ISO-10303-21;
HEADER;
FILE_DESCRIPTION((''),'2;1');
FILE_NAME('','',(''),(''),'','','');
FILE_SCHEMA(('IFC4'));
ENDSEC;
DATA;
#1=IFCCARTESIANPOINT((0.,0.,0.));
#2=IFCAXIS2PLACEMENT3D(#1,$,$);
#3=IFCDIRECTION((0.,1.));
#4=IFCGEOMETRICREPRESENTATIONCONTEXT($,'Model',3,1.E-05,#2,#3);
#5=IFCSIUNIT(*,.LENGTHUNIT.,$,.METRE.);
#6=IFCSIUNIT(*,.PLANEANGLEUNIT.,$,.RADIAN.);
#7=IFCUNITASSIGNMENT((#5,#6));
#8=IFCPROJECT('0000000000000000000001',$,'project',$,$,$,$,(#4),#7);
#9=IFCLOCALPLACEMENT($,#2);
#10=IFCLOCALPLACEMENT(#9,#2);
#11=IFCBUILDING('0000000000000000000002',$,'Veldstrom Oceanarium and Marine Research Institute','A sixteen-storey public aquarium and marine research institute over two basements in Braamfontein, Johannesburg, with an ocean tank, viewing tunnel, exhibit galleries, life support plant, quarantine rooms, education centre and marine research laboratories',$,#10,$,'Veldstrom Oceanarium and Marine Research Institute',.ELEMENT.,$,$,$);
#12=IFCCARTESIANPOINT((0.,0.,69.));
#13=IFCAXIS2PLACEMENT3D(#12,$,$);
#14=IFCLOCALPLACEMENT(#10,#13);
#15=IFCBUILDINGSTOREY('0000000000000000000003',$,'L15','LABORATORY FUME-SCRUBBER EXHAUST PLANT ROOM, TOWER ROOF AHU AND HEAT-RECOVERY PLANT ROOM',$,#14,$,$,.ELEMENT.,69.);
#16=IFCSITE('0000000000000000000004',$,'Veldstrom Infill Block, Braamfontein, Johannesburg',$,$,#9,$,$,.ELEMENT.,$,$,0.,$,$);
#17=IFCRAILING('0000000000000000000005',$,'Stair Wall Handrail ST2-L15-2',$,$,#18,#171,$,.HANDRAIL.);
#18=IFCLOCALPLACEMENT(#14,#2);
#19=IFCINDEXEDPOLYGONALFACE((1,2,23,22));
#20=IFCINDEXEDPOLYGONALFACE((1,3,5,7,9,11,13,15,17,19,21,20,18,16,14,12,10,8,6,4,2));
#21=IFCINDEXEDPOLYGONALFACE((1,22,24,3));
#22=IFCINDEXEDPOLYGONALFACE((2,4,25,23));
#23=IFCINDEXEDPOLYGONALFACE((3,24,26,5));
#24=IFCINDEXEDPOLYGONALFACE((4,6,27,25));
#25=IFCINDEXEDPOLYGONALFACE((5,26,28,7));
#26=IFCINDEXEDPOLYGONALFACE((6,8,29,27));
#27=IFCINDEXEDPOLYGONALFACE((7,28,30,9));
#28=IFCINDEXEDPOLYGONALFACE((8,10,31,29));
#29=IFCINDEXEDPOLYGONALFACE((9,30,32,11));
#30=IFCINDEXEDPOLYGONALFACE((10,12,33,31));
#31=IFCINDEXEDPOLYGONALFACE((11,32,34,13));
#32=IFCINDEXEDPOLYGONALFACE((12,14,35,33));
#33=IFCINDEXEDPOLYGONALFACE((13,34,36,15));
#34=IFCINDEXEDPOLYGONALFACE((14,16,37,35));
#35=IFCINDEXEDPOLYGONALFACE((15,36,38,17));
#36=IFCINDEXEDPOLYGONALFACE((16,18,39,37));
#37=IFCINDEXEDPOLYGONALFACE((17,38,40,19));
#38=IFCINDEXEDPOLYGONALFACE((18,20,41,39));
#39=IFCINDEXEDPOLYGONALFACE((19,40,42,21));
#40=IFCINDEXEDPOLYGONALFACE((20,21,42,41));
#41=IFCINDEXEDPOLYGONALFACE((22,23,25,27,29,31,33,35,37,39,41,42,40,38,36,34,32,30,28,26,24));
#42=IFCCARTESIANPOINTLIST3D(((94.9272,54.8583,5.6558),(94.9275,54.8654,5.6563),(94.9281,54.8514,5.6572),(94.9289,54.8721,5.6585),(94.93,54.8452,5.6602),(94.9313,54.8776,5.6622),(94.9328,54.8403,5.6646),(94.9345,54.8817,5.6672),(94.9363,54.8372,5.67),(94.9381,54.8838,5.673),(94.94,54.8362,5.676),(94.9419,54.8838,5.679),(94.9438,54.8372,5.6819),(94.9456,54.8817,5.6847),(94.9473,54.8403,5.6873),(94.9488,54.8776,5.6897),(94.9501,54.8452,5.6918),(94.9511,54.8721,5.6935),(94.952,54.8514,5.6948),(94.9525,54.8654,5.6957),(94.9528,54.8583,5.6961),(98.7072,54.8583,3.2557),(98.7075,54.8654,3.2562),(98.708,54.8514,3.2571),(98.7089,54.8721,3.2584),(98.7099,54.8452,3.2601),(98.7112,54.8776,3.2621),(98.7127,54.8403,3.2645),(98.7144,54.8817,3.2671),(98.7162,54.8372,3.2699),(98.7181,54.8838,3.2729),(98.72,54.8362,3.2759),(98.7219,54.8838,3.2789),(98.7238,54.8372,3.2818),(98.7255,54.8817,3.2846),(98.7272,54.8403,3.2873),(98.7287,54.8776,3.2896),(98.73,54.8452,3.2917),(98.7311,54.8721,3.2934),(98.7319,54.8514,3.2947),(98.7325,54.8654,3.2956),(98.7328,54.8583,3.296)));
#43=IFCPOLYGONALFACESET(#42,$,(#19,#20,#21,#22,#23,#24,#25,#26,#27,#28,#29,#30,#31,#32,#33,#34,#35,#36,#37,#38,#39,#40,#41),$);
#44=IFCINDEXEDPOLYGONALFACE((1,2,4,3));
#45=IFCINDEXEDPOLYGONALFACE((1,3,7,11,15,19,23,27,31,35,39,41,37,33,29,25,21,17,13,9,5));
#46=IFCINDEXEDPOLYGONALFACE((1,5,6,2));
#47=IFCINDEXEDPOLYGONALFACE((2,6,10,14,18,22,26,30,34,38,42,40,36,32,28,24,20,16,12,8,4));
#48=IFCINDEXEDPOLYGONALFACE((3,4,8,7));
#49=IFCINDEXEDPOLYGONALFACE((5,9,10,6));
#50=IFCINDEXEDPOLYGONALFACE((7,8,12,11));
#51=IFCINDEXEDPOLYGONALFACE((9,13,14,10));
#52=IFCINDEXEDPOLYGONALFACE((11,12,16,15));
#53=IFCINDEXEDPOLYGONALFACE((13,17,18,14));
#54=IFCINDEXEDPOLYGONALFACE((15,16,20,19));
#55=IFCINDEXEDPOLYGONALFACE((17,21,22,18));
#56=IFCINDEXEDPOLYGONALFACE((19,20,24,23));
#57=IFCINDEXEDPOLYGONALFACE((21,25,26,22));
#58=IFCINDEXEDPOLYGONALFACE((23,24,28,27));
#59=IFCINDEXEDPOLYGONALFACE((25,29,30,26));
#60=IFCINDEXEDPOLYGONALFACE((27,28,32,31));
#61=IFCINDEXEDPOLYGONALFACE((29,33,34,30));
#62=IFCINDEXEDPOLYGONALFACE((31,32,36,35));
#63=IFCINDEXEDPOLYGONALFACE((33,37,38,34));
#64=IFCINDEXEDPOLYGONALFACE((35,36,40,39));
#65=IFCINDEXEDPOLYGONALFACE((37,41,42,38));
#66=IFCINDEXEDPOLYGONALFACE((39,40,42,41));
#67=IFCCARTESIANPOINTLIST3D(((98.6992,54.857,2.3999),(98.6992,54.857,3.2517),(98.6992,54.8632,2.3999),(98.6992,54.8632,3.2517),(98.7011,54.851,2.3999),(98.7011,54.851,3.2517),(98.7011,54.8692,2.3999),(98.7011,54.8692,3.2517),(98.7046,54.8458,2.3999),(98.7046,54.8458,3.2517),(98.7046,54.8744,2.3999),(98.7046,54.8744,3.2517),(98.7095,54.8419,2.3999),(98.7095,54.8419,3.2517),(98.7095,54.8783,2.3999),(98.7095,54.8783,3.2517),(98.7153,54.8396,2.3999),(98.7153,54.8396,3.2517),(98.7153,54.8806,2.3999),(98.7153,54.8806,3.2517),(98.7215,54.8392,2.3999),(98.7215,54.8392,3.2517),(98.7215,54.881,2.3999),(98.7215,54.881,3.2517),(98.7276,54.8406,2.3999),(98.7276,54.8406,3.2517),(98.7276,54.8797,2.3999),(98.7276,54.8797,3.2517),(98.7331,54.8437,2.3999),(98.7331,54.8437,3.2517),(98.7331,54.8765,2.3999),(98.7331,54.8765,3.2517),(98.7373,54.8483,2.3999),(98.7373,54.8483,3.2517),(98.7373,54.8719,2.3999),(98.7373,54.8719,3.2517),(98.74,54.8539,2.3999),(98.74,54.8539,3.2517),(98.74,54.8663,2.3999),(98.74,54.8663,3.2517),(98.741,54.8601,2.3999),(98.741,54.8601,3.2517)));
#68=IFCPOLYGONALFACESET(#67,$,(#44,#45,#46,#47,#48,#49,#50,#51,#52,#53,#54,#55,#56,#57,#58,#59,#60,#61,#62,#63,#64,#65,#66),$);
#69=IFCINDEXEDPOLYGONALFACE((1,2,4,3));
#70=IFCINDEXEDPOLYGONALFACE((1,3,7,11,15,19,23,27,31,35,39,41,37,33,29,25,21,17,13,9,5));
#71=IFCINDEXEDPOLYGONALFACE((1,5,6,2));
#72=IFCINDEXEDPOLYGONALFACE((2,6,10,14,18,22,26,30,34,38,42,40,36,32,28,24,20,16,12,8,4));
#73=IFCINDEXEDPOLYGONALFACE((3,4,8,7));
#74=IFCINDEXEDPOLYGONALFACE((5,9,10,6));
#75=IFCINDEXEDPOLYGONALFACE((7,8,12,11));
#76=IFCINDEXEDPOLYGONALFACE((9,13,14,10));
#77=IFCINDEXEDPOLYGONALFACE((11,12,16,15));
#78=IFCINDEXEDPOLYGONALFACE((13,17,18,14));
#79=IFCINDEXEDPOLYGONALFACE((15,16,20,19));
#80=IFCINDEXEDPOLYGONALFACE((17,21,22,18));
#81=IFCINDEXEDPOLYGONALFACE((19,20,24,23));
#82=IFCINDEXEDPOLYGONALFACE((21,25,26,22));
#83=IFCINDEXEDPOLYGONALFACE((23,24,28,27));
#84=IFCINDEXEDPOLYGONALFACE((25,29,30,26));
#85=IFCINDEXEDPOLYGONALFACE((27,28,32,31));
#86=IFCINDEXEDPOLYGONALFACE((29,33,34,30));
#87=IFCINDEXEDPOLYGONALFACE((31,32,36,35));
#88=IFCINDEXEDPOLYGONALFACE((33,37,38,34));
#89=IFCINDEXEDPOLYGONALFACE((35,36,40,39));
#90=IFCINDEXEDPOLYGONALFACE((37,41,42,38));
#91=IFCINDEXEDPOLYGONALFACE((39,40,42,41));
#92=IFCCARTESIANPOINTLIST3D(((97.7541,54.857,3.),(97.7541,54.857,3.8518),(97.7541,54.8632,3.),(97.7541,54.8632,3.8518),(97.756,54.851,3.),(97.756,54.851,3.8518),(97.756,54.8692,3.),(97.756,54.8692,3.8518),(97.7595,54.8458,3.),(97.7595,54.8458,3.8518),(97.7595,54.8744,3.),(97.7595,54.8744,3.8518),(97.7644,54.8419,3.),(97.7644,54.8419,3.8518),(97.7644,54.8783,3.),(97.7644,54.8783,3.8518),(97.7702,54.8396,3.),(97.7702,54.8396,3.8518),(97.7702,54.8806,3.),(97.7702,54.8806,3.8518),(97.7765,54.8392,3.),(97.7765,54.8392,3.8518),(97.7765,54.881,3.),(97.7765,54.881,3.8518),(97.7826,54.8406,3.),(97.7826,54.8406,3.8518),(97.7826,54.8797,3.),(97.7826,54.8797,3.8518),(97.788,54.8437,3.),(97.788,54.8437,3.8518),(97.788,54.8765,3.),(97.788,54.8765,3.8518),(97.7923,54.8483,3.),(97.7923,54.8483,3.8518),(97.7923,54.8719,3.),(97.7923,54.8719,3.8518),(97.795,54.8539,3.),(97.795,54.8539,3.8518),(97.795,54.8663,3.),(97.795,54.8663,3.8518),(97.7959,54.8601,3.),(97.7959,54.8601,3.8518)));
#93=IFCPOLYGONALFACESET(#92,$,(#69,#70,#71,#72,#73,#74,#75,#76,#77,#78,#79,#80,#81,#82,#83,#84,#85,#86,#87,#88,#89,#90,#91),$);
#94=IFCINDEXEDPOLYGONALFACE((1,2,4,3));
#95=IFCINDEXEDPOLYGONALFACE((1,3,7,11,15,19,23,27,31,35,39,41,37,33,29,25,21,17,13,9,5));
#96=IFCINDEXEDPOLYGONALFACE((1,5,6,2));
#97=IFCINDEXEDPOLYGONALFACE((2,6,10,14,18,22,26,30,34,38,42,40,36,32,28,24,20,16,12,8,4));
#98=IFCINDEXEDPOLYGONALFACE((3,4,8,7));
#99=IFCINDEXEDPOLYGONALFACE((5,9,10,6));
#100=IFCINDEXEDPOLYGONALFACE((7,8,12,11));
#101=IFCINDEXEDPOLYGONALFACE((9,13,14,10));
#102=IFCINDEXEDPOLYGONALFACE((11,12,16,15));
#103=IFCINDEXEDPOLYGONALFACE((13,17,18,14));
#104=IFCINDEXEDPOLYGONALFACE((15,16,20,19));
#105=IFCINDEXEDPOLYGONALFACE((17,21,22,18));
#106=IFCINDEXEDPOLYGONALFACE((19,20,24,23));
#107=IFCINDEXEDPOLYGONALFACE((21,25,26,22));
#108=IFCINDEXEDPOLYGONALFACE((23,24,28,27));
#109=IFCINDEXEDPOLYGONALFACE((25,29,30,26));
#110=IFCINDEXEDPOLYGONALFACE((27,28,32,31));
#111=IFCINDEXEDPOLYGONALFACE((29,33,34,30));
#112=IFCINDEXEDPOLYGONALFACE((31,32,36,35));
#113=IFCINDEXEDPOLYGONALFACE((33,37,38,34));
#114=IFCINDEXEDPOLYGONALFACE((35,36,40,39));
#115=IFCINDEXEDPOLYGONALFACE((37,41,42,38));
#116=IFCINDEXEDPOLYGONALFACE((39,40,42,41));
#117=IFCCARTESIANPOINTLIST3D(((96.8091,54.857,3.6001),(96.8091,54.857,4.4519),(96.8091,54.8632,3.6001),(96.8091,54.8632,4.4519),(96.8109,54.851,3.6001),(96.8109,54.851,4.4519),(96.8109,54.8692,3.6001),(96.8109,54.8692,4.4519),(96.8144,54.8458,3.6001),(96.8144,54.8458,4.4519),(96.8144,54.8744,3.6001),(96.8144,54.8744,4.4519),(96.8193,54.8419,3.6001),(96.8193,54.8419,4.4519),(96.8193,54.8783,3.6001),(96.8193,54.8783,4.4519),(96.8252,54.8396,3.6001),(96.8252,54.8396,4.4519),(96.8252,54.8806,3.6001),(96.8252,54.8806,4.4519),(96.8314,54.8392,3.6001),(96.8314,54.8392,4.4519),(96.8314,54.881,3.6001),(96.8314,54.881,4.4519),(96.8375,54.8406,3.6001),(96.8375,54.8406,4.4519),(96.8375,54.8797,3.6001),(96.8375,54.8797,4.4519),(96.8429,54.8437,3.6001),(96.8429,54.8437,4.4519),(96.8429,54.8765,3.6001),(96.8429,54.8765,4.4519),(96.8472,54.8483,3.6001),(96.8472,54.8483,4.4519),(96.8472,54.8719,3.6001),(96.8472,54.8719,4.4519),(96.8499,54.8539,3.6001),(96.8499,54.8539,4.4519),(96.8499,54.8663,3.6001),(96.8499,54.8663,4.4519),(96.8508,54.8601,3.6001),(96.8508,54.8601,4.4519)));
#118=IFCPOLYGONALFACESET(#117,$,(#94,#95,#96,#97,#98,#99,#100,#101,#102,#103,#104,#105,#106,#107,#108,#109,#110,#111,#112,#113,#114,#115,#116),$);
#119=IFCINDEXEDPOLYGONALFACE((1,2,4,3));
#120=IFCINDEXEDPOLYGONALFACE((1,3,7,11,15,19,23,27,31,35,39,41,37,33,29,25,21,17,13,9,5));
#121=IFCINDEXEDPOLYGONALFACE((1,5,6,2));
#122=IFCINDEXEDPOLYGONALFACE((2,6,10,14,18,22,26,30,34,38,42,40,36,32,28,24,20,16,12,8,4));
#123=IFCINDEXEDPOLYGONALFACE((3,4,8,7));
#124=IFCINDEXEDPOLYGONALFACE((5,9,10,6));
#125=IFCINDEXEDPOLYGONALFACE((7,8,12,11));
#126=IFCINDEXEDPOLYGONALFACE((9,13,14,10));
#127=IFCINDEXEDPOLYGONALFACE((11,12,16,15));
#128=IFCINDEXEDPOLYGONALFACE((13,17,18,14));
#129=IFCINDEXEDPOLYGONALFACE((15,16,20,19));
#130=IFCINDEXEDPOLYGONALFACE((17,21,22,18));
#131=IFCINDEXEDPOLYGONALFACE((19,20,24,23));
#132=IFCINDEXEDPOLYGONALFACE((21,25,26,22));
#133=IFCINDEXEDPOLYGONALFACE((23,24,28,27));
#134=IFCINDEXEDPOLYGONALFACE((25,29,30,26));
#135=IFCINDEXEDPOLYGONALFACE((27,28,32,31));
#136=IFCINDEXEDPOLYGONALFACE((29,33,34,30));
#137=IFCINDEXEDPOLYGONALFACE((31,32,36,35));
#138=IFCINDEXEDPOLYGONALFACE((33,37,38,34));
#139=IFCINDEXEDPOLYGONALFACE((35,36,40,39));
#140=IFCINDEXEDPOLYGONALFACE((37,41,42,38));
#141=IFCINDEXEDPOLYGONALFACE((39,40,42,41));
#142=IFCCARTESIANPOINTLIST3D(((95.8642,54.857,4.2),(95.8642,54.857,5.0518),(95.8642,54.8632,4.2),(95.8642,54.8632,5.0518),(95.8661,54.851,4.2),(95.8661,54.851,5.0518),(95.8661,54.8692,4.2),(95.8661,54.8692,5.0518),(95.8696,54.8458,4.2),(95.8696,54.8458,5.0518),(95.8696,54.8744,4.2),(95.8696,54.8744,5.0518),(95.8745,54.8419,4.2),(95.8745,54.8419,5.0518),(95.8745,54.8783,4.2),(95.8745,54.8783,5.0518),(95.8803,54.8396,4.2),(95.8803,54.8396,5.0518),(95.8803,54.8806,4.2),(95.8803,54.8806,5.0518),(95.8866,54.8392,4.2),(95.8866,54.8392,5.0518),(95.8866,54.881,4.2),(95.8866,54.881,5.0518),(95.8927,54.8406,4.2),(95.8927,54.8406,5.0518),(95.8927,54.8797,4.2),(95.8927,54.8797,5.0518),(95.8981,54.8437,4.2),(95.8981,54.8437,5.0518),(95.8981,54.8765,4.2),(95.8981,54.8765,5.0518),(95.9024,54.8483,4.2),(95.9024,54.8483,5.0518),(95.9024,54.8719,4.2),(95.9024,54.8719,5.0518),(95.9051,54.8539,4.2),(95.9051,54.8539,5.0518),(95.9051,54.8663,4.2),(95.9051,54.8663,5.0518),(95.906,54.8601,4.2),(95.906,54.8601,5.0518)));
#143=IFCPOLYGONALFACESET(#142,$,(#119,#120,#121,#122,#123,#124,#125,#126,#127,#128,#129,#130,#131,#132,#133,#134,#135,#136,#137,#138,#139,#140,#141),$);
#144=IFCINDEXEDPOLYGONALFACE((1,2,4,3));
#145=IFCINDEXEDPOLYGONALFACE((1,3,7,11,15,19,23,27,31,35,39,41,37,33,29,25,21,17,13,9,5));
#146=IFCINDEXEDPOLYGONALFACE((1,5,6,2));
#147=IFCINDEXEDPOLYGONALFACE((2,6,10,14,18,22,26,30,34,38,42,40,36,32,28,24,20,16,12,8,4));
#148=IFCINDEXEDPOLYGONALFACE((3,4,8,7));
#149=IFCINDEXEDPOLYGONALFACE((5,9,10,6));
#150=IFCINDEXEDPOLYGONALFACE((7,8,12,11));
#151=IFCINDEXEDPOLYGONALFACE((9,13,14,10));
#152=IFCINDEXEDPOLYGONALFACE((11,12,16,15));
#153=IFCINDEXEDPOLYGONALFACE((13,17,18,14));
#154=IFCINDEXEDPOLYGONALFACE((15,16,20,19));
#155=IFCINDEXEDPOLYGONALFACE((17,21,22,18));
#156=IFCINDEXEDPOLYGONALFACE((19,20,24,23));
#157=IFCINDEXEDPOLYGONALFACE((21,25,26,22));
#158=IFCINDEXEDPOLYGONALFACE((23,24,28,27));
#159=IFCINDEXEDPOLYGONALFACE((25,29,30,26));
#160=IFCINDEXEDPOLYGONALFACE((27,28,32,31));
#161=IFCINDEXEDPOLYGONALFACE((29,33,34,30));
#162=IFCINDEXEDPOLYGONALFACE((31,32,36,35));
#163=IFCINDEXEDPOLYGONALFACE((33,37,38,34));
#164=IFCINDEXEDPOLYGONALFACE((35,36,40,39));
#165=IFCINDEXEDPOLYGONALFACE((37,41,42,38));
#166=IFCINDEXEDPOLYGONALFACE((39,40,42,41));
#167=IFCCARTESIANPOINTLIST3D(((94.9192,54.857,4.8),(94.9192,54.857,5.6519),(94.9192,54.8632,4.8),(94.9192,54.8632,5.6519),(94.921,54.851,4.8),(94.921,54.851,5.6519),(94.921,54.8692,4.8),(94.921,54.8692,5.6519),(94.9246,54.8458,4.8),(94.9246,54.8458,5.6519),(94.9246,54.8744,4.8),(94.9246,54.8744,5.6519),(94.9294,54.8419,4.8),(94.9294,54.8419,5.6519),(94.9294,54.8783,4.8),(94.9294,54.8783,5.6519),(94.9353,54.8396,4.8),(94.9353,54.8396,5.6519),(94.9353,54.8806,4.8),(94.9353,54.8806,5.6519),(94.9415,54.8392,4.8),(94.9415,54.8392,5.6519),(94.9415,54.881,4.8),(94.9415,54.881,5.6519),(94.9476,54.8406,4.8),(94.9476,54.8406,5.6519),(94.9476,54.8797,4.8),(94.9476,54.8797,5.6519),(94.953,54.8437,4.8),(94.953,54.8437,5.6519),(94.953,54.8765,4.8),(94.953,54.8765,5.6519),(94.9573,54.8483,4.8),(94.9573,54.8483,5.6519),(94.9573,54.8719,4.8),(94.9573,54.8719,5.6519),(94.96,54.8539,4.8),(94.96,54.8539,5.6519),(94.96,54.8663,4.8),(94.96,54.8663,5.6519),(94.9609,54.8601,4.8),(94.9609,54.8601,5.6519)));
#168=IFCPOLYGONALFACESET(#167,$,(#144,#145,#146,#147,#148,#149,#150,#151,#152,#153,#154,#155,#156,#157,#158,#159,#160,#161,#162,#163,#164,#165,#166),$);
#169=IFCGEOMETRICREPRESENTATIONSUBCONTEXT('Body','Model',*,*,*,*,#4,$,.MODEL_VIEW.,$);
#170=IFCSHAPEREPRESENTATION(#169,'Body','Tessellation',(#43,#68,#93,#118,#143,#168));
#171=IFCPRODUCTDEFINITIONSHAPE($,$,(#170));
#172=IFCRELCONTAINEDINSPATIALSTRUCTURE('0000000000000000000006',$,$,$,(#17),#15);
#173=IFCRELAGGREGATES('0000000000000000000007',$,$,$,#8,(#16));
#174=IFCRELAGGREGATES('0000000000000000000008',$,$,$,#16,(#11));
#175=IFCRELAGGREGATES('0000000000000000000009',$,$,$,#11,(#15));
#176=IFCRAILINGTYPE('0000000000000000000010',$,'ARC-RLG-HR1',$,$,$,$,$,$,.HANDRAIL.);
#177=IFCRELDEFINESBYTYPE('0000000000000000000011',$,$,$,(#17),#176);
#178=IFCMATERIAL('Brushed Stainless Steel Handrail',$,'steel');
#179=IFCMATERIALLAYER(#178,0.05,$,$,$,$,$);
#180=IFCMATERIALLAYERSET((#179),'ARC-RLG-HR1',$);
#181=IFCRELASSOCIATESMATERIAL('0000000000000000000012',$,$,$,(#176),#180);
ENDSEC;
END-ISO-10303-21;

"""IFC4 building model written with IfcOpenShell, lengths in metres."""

from ifc_helpers import new_model, si_unit, direction, frame, origin, origin_2d, place, context, subcontext, project, spatial, circle, extrude, material, layer, layer_set, type_object, element, save


model = new_model("IFC4")

# Units and contexts
model_context = context("Model", 3, precision=1e-05, world=origin(), true_north=direction((0.0, 1.0)))
body_context = subcontext(model_context, "Body", "Model", "MODEL_VIEW")
ifc_project = project(units=[si_unit("LENGTHUNIT", "METRE"), si_unit("PLANEANGLEUNIT", "RADIAN")], contexts=[model_context])

# Site, building, storey
site_placement = place(None, origin())
site = spatial("IfcSite", under=ifc_project, at=site_placement, Name="Veldstrom Infill Block, Braamfontein, Johannesburg", CompositionType="ELEMENT", RefElevation=0.0)
building_placement = place(site_placement, origin())
building = spatial("IfcBuilding", under=site, at=building_placement, Name="Veldstrom Oceanarium and Marine Research Institute", Description="A sixteen-storey public aquarium and marine research institute over two basements in Braamfontein, Johannesburg, with an ocean tank, viewing tunnel, exhibit galleries, life support plant, quarantine rooms, education centre and marine research laboratories", LongName="Veldstrom Oceanarium and Marine Research Institute", CompositionType="ELEMENT")
storey_placement = place(building_placement, frame((0.0, 0.0, 69.0)))
storey = spatial("IfcBuildingStorey", under=building, at=storey_placement, Name="L15", Description="LABORATORY FUME-SCRUBBER EXHAUST PLANT ROOM, TOWER ROOF AHU AND HEAT-RECOVERY PLANT ROOM", CompositionType="ELEMENT", Elevation=69.0)

# Railing
ifc_material_1 = material(Name="Brushed Stainless Steel Handrail", Category="steel")
ifc_layer_1 = layer(ifc_material_1, 0.05)
ifc_layer_set_1 = layer_set([ifc_layer_1], Name="ARC-RLG-HR1")
railing_type_1 = type_object("IfcRailingType", Name="ARC-RLG-HR1", PredefinedType="HANDRAIL", material=ifc_layer_set_1)
railing_1_placement = place(storey_placement, frame((98.72, 54.8601, 2.3999)))
element("IfcRailing", 1, at=railing_1_placement, inside=storey, type_object=railing_type_1, Name="Stair Wall Handrail ST2-L15-2", PredefinedType="HANDRAIL", context=body_context, shape_type="SweptSolid", body=[
    extrude(circle(Radius=0.0239, at=origin_2d()), frame((0.0, 0.0, 0.876), z_axis=(-0.8442, 0.0, 0.536028), x_axis=(0.0, -1.0, 0.0)), (0.0, 0.0, 1.0), 4.4775),
    extrude(circle(Radius=0.021, at=origin_2d()), origin(), (0.0, 0.0, 1.0), 0.8518),
    extrude(circle(Radius=0.021, at=origin_2d()), frame((-0.9451, 0.0, 0.6001)), (0.0, 0.0, 1.0), 0.8518),
    extrude(circle(Radius=0.021, at=origin_2d()), frame((-1.8901, 0.0, 1.2002)), (0.0, 0.0, 1.0), 0.8518),
    extrude(circle(Radius=0.021, at=origin_2d()), frame((-2.835, 0.0, 1.8)), (0.0, 0.0, 1.0), 0.8518),
    extrude(circle(Radius=0.021, at=origin_2d()), frame((-3.78, 0.0, 2.4001)), (0.0, 0.0, 1.0), 0.8518),
])

save(model, "model.ifc")
